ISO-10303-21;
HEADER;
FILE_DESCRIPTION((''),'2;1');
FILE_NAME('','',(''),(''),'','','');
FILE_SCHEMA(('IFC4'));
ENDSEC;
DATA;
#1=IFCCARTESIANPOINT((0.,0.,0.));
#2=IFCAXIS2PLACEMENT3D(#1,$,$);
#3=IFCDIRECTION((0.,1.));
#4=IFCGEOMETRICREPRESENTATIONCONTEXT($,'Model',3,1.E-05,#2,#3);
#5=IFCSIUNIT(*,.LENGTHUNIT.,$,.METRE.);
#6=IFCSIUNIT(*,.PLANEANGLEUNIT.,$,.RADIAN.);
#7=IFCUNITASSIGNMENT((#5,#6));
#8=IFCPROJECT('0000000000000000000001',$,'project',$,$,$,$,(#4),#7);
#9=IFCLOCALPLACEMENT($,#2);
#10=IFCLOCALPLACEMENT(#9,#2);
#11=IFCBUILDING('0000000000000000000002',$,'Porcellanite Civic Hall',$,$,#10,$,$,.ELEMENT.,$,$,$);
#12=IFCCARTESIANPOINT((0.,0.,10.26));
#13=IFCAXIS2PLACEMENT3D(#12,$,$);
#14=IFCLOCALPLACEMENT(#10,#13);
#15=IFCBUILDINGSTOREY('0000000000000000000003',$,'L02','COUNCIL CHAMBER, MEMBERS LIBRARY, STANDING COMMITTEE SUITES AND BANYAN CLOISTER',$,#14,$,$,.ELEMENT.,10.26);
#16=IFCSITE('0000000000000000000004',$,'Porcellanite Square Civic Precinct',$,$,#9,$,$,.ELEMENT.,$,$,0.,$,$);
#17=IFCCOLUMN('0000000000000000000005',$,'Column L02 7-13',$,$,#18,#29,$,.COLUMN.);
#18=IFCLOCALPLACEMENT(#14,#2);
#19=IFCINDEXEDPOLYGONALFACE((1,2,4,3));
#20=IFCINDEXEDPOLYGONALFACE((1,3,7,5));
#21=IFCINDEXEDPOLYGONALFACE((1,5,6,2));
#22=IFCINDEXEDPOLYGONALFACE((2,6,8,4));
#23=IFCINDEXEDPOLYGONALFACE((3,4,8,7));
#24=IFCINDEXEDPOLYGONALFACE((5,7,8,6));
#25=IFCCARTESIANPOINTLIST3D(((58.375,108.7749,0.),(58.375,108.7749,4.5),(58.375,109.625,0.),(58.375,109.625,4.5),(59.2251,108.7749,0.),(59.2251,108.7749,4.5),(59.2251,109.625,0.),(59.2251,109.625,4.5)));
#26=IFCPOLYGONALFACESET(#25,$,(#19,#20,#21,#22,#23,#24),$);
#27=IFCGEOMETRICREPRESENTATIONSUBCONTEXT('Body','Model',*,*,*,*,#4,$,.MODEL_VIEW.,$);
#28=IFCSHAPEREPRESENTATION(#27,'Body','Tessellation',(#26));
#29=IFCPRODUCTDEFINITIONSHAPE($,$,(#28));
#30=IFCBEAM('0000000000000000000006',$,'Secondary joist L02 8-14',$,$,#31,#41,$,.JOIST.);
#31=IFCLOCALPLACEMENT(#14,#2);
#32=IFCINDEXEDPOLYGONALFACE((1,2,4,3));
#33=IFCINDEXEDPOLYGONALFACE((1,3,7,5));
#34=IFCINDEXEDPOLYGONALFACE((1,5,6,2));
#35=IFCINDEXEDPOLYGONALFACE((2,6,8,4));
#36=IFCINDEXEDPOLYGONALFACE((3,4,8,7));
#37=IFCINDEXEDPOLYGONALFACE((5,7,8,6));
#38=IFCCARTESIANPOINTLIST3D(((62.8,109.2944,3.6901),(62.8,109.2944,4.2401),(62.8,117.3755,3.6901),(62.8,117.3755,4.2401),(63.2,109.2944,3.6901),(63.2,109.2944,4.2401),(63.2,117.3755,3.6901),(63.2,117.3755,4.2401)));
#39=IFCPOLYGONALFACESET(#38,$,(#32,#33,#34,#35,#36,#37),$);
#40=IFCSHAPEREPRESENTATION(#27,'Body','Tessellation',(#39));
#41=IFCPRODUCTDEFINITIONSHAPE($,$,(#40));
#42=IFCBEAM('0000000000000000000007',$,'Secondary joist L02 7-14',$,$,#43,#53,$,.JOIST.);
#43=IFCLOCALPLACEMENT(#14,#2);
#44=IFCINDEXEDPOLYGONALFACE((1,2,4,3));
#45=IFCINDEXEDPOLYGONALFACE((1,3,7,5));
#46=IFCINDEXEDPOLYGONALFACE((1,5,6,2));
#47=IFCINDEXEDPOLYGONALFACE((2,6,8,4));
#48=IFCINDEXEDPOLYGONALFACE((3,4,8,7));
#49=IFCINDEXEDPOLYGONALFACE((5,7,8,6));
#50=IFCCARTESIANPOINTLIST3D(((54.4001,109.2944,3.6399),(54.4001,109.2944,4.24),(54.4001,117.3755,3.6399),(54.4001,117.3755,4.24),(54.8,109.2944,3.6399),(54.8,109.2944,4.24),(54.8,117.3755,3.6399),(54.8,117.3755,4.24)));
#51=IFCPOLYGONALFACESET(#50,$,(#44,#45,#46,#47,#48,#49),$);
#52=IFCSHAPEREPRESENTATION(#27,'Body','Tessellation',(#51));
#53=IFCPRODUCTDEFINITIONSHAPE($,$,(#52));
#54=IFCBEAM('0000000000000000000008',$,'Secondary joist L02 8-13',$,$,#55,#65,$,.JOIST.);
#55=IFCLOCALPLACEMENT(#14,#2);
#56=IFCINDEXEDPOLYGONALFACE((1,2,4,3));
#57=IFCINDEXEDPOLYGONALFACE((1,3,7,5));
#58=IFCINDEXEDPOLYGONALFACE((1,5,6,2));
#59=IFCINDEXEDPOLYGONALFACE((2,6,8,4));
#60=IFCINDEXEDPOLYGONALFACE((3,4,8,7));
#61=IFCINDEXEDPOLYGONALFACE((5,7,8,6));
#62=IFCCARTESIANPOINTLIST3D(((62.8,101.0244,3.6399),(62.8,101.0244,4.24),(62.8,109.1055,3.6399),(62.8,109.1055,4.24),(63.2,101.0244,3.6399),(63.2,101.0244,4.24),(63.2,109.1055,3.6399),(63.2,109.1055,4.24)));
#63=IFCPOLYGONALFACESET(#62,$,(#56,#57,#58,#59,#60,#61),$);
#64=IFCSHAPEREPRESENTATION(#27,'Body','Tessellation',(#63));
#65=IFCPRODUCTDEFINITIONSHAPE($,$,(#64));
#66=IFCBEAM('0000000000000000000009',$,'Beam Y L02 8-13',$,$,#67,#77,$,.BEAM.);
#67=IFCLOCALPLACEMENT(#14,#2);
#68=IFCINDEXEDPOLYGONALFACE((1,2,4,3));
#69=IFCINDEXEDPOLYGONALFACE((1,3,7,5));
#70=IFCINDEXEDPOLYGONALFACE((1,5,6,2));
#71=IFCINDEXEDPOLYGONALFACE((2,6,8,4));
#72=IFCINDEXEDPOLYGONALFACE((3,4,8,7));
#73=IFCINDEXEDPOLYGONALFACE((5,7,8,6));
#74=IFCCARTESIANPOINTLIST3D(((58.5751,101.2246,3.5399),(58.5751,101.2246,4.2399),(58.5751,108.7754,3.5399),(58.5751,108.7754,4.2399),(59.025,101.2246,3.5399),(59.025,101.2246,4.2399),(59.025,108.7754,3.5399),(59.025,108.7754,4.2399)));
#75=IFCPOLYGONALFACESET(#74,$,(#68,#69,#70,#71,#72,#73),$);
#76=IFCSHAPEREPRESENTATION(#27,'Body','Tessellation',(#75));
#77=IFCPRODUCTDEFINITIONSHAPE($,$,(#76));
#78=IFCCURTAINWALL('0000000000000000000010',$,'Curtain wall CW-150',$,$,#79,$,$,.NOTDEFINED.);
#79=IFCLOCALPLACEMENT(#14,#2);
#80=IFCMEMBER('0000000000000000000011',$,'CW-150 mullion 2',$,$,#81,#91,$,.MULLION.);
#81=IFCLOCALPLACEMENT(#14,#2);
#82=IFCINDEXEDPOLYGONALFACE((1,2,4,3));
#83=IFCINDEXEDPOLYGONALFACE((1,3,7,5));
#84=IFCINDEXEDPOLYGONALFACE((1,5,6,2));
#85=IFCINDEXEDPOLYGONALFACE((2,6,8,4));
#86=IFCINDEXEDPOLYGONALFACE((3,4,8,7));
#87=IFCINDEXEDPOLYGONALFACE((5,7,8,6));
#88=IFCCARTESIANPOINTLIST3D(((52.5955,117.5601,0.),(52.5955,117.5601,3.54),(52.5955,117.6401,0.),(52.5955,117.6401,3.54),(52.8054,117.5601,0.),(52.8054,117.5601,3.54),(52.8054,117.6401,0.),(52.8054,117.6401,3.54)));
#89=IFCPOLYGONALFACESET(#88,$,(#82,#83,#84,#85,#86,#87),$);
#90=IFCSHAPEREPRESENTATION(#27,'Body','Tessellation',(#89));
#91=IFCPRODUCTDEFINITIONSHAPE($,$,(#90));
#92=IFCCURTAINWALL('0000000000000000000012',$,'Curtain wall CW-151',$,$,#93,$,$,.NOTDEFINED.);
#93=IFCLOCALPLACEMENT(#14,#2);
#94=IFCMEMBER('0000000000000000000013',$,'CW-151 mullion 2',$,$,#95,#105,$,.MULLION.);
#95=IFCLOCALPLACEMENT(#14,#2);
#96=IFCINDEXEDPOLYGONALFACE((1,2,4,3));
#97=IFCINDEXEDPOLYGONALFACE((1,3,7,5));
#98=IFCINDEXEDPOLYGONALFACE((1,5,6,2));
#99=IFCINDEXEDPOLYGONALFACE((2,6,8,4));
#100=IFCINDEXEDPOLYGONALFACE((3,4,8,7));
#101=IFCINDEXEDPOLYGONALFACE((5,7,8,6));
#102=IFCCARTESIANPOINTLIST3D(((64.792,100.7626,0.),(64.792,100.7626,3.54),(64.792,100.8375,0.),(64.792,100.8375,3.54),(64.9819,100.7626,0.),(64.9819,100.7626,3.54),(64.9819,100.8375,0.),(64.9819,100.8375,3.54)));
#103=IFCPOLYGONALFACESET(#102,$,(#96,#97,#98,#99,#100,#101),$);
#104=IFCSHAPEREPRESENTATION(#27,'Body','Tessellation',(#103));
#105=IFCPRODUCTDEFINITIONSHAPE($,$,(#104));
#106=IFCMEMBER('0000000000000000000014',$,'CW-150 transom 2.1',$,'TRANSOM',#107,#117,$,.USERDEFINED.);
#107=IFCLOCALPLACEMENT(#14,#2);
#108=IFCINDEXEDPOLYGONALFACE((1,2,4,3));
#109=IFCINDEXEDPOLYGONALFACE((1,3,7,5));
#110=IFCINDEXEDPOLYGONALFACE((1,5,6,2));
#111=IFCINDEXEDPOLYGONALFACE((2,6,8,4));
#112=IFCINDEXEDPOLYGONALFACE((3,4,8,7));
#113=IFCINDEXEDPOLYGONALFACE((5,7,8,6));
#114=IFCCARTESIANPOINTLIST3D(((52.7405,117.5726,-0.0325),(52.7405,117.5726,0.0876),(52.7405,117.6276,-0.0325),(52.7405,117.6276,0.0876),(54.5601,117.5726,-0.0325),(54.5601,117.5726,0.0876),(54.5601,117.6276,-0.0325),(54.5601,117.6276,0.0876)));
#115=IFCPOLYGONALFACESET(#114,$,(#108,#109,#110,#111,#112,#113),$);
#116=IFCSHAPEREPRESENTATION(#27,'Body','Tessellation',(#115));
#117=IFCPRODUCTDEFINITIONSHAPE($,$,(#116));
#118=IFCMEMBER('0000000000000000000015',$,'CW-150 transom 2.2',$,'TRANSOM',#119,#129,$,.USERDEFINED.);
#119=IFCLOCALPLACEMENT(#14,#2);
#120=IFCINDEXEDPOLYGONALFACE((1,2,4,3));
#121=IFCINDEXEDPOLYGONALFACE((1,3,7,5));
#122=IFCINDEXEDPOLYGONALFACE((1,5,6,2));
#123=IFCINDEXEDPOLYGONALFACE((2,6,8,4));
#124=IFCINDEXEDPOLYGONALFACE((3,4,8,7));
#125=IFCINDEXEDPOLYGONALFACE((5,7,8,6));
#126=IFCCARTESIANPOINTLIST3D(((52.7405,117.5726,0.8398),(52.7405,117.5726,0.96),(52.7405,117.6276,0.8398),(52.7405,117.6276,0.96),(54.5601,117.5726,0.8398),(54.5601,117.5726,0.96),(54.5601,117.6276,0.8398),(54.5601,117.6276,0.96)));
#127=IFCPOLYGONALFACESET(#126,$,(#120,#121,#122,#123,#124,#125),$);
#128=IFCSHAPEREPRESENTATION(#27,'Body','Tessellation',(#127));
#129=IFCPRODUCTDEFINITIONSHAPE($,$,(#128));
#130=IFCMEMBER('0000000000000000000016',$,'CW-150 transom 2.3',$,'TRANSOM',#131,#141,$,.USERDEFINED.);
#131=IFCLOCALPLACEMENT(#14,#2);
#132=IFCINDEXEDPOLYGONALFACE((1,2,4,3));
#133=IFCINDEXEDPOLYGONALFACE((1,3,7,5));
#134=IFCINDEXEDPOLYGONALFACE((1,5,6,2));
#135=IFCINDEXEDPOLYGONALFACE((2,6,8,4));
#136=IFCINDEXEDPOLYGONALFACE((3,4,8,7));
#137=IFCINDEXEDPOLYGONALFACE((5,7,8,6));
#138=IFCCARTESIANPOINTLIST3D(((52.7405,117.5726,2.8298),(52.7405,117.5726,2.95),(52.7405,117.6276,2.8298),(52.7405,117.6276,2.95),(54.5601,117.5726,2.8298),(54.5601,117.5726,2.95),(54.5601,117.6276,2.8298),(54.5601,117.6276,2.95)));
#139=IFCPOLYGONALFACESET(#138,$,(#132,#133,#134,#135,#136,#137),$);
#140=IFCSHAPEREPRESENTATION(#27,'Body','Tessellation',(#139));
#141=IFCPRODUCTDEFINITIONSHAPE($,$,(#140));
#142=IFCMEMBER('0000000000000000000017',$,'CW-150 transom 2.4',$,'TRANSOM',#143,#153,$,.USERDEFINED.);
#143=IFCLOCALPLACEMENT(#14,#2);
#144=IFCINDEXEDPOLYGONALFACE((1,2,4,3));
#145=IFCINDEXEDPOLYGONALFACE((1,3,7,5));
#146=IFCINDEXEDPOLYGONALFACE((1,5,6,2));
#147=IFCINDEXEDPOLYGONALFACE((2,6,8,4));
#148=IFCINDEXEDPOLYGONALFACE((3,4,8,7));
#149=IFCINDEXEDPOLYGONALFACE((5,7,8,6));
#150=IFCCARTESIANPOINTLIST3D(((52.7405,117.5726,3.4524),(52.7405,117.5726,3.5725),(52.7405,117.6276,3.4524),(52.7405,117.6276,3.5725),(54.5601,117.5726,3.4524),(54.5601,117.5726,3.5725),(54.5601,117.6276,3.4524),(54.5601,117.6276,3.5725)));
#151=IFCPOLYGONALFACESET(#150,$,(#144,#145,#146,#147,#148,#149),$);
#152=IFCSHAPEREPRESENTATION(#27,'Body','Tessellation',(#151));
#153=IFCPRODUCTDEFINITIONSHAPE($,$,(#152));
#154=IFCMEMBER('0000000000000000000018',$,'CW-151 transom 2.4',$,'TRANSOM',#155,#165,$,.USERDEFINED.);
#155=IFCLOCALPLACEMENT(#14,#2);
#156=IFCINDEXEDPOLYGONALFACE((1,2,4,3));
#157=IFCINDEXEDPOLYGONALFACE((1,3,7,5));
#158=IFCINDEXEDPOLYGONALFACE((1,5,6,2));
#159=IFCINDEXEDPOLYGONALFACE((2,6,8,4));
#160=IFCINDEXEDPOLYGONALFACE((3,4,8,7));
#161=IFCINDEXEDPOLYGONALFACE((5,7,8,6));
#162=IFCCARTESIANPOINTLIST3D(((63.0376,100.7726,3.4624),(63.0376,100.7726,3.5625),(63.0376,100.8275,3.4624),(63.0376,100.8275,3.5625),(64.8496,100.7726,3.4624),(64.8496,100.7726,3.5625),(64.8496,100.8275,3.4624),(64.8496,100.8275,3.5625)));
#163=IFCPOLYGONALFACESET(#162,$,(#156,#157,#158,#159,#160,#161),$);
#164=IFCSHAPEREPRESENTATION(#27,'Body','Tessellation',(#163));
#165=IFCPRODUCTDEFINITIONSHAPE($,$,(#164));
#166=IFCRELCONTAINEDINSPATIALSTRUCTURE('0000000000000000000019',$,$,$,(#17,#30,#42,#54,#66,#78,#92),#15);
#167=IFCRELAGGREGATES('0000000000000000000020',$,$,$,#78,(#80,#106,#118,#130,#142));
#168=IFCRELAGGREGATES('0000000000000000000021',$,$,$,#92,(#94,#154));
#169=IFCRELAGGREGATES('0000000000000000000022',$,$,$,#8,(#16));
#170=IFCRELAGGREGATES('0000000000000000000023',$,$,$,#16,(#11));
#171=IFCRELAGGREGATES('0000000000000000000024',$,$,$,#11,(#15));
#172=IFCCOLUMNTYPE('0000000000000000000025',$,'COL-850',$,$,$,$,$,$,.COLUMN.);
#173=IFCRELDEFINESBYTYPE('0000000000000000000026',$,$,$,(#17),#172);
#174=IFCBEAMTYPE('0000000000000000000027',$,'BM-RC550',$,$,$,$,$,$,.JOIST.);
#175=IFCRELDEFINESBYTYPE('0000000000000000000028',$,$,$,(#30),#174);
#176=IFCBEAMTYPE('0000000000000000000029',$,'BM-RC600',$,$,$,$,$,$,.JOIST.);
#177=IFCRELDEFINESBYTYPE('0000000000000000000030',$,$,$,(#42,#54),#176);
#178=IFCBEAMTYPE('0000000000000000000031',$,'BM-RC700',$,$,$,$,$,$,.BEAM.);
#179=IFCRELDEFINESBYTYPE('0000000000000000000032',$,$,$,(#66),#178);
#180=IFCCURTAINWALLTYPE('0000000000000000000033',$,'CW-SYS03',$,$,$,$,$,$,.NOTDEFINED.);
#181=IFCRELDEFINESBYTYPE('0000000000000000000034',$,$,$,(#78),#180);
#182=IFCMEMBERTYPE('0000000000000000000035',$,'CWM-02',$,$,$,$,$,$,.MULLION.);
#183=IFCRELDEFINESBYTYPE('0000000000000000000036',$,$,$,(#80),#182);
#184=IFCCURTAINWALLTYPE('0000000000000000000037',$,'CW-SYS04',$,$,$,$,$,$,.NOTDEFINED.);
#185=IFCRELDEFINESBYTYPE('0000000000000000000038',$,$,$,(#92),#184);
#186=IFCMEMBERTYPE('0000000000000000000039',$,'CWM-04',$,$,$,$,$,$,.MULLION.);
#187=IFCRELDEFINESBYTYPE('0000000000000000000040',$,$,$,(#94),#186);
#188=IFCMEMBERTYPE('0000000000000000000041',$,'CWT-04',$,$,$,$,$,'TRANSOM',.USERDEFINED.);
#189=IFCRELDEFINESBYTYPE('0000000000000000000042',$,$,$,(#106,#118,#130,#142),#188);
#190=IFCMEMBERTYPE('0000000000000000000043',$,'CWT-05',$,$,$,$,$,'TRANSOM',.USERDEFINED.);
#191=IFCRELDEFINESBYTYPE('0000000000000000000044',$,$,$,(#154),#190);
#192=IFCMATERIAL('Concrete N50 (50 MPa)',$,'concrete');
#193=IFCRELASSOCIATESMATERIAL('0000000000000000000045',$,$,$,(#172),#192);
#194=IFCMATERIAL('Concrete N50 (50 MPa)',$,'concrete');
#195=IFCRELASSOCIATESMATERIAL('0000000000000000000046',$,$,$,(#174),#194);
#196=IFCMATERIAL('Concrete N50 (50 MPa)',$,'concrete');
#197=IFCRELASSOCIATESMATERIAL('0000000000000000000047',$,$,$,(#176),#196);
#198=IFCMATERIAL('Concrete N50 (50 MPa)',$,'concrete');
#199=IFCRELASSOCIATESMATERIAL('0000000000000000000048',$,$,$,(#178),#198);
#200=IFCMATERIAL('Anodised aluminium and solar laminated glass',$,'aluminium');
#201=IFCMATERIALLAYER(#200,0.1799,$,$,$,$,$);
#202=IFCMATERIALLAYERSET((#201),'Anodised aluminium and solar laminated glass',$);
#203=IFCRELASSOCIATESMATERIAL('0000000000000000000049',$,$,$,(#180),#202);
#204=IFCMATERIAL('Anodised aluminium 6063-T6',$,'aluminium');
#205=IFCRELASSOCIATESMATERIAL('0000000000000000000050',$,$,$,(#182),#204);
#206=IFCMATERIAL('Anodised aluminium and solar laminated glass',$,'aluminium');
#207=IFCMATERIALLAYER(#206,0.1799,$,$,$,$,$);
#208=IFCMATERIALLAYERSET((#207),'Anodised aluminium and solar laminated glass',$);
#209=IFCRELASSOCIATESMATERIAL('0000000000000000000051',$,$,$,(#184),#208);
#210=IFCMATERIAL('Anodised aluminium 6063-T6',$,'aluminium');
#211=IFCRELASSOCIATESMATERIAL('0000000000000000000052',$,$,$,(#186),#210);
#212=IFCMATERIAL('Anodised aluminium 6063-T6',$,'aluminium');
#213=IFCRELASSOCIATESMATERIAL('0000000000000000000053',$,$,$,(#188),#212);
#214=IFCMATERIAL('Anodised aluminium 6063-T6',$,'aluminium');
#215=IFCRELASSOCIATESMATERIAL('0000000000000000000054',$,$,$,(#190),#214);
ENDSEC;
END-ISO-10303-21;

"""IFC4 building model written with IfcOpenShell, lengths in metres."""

from ifc_helpers import new_model, si_unit, direction, frame, origin, origin_2d, place, context, subcontext, project, spatial, rectangle, extrude, material, layer, layer_set, material_profile, profile_set, type_object, element, aggregate, save


model = new_model("IFC4")

# Units and contexts
model_context = context("Model", 3, precision=1e-05, world=origin(), true_north=direction((0.0, 1.0)))
body_context = subcontext(model_context, "Body", "Model", "MODEL_VIEW")
ifc_project = project(units=[si_unit("LENGTHUNIT", "METRE"), si_unit("PLANEANGLEUNIT", "RADIAN")], contexts=[model_context])

# Site, building, storey
site_placement = place(None, origin())
site = spatial("IfcSite", under=ifc_project, at=site_placement, Name="Porcellanite Square Civic Precinct", CompositionType="ELEMENT", RefElevation=0.0)
building_placement = place(site_placement, origin())
building = spatial("IfcBuilding", under=site, at=building_placement, Name="Porcellanite Civic Hall", CompositionType="ELEMENT")
storey_placement = place(building_placement, frame((0.0, 0.0, 10.26)))
storey = spatial("IfcBuildingStorey", under=building, at=storey_placement, Name="L02", Description="COUNCIL CHAMBER, MEMBERS LIBRARY, STANDING COMMITTEE SUITES AND BANYAN CLOISTER", CompositionType="ELEMENT", Elevation=10.26)

# Column
ifc_material_1 = material(Name="Concrete N50 (50 MPa)", Category="concrete")
ifc_material_profile_1 = material_profile(ifc_material_1, rectangle(XDim=0.8501, YDim=0.8501, at=origin_2d()), Name="RC-850x850")
ifc_profile_set_1 = profile_set([ifc_material_profile_1], Name="Concrete N50 (50 MPa)")
column_type = type_object("IfcColumnType", Name="COL-850", PredefinedType="COLUMN", material=ifc_profile_set_1)
column_placement = place(storey_placement, frame((58.8, 109.2, 0.0), z_axis=(0.0, 0.0, 1.0), x_axis=(1.0, 0.0, 0.0)))
element("IfcColumn", 1, at=column_placement, inside=storey, type_object=column_type, Name="Column L02 7-13", PredefinedType="COLUMN", context=body_context, shape_type="SweptSolid", body=[
    extrude(rectangle(XDim=0.8501, YDim=0.8501, at=origin_2d()), origin(), (0.0, 0.0, 1.0), 4.5),
])

# Beams
ifc_material_2 = material(Name="Concrete N50 (50 MPa)", Category="concrete")
ifc_material_profile_2 = material_profile(ifc_material_2, rectangle(XDim=0.3999, YDim=0.55, at=origin_2d()), Name="RC-400x550")
ifc_profile_set_2 = profile_set([ifc_material_profile_2], Name="Concrete N50 (50 MPa)")
beam_type_1 = type_object("IfcBeamType", Name="BM-RC550", PredefinedType="JOIST", material=ifc_profile_set_2)
beam_1_placement = place(storey_placement, frame((63.0, 109.2944, 3.9651), z_axis=(0.0, 1.0, 0.0), x_axis=(-1.0, 0.0, 0.0)))
element("IfcBeam", 2, at=beam_1_placement, inside=storey, type_object=beam_type_1, Name="Secondary joist L02 8-14", PredefinedType="JOIST", context=body_context, shape_type="SweptSolid", body=[
    extrude(rectangle(XDim=0.3999, YDim=0.55, at=origin_2d()), origin(), (0.0, 0.0, 1.0), 8.0811),
])
ifc_material_3 = material(Name="Concrete N50 (50 MPa)", Category="concrete")
ifc_material_profile_3 = material_profile(ifc_material_3, rectangle(XDim=0.3999, YDim=0.6001, at=origin_2d()), Name="RC-400x600")
ifc_profile_set_3 = profile_set([ifc_material_profile_3], Name="Concrete N50 (50 MPa)")
beam_type_2 = type_object("IfcBeamType", Name="BM-RC600", PredefinedType="JOIST", material=ifc_profile_set_3)
for number, where, z_axis, x_axis, name in (
    (3, (54.6001, 109.2944, 3.9399), (0.0, 1.0, 0.0), (-1.0, 0.0, 0.0), "Secondary joist L02 7-14"),
    (4, (63.0, 101.0244, 3.9399), (0.0, 1.0, 0.0), (-1.0, 0.0, 0.0), "Secondary joist L02 8-13"),
):
    element("IfcBeam", number, at=place(storey_placement, frame(where, z_axis=z_axis, x_axis=x_axis)), inside=storey, type_object=beam_type_2, Name=name, PredefinedType="JOIST", context=body_context, shape_type="SweptSolid", body=[
        extrude(rectangle(XDim=0.3999, YDim=0.6001, at=origin_2d()), origin(), (0.0, 0.0, 1.0), 8.0811),
    ])
ifc_material_4 = material(Name="Concrete N50 (50 MPa)", Category="concrete")
ifc_material_profile_4 = material_profile(ifc_material_4, rectangle(XDim=0.45, YDim=0.7, at=origin_2d()), Name="RC-450x700")
ifc_profile_set_4 = profile_set([ifc_material_profile_4], Name="Concrete N50 (50 MPa)")
beam_type_3 = type_object("IfcBeamType", Name="BM-RC700", PredefinedType="BEAM", material=ifc_profile_set_4)
beam_2_placement = place(storey_placement, frame((58.8, 101.2246, 3.8899), z_axis=(0.0, 1.0, 0.0), x_axis=(-1.0, 0.0, 0.0)))
element("IfcBeam", 5, at=beam_2_placement, inside=storey, type_object=beam_type_3, Name="Beam Y L02 8-13", PredefinedType="BEAM", context=body_context, shape_type="SweptSolid", body=[
    extrude(rectangle(XDim=0.45, YDim=0.7, at=origin_2d()), origin(), (0.0, 0.0, 1.0), 7.5508),
])

# Curtain walls, members
ifc_material_5 = material(Name="Anodised aluminium and solar laminated glass", Category="aluminium")
ifc_layer_1 = layer(ifc_material_5, 0.1799)
ifc_layer_set_1 = layer_set([ifc_layer_1], Name="Anodised aluminium and solar laminated glass")
curtain_wall_type_1 = type_object("IfcCurtainWallType", Name="CW-SYS03", PredefinedType="NOTDEFINED", material=ifc_layer_set_1)
curtain_wall_1_placement = place(storey_placement, origin())
curtain_wall_1 = element("IfcCurtainWall", 6, at=curtain_wall_1_placement, inside=storey, type_object=curtain_wall_type_1, Name="Curtain wall CW-150", PredefinedType="NOTDEFINED")
ifc_material_6 = material(Name="Anodised aluminium 6063-T6", Category="aluminium")
ifc_material_profile_5 = material_profile(ifc_material_6, rectangle(XDim=0.0801, YDim=0.21, at=origin_2d()), Name="AL-80x210")
ifc_profile_set_5 = profile_set([ifc_material_profile_5], Name="Anodised aluminium 6063-T6")
member_type_1 = type_object("IfcMemberType", Name="CWM-02", PredefinedType="MULLION", material=ifc_profile_set_5)
member_1_placement = place(storey_placement, frame((52.7004, 117.6001, 0.0), z_axis=(0.0, 0.0, 1.0), x_axis=(0.0, 1.0, 0.0)))
member_1 = element("IfcMember", 7, at=member_1_placement, type_object=member_type_1, Name="CW-150 mullion 2", PredefinedType="MULLION", context=body_context, shape_type="SweptSolid", body=[
    extrude(rectangle(XDim=0.0801, YDim=0.21, at=origin_2d()), origin(), (0.0, 0.0, 1.0), 3.54),
])
ifc_material_7 = material(Name="Anodised aluminium and solar laminated glass", Category="aluminium")
ifc_layer_2 = layer(ifc_material_7, 0.1799)
ifc_layer_set_2 = layer_set([ifc_layer_2], Name="Anodised aluminium and solar laminated glass")
curtain_wall_type_2 = type_object("IfcCurtainWallType", Name="CW-SYS04", PredefinedType="NOTDEFINED", material=ifc_layer_set_2)
curtain_wall_2_placement = place(storey_placement, origin())
curtain_wall_2 = element("IfcCurtainWall", 8, at=curtain_wall_2_placement, inside=storey, type_object=curtain_wall_type_2, Name="Curtain wall CW-151", PredefinedType="NOTDEFINED")
ifc_material_8 = material(Name="Anodised aluminium 6063-T6", Category="aluminium")
ifc_material_profile_6 = material_profile(ifc_material_8, rectangle(XDim=0.075, YDim=0.1899, at=origin_2d()), Name="AL-75x190")
ifc_profile_set_6 = profile_set([ifc_material_profile_6], Name="Anodised aluminium 6063-T6")
member_type_2 = type_object("IfcMemberType", Name="CWM-04", PredefinedType="MULLION", material=ifc_profile_set_6)
member_2_placement = place(storey_placement, frame((64.887, 100.8, 0.0), z_axis=(0.0, 0.0, 1.0), x_axis=(0.0, -1.0, 0.0)))
member_2 = element("IfcMember", 9, at=member_2_placement, type_object=member_type_2, Name="CW-151 mullion 2", PredefinedType="MULLION", context=body_context, shape_type="SweptSolid", body=[
    extrude(rectangle(XDim=0.075, YDim=0.1899, at=origin_2d()), origin(), (0.0, 0.0, 1.0), 3.54),
])

# Members
ifc_material_9 = material(Name="Anodised aluminium 6063-T6", Category="aluminium")
ifc_material_profile_7 = material_profile(ifc_material_9, rectangle(XDim=0.0549, YDim=0.1201, at=origin_2d()), Name="AL-55x120")
ifc_profile_set_7 = profile_set([ifc_material_profile_7], Name="Anodised aluminium 6063-T6")
member_type_3 = type_object("IfcMemberType", Name="CWT-04", ElementType="TRANSOM", PredefinedType="USERDEFINED", material=ifc_profile_set_7)
member_3_placement = place(storey_placement, frame((52.7405, 117.6001, 0.0276), z_axis=(1.0, 0.0, 0.0), x_axis=(0.0, 1.0, 0.0)))
member_3 = element("IfcMember", 10, at=member_3_placement, type_object=member_type_3, Name="CW-150 transom 2.1", ObjectType="TRANSOM", PredefinedType="USERDEFINED", context=body_context, shape_type="SweptSolid", body=[
    extrude(rectangle(XDim=0.0549, YDim=0.1201, at=origin_2d()), origin(), (0.0, 0.0, 1.0), 1.8196),
])
member_4_placement = place(storey_placement, frame((52.7405, 117.6001, 0.8999), z_axis=(1.0, 0.0, 0.0), x_axis=(0.0, 1.0, 0.0)))
member_4 = element("IfcMember", 11, at=member_4_placement, type_object=member_type_3, Name="CW-150 transom 2.2", ObjectType="TRANSOM", PredefinedType="USERDEFINED", context=body_context, shape_type="SweptSolid", body=[
    extrude(rectangle(XDim=0.0549, YDim=0.1201, at=origin_2d()), origin(), (0.0, 0.0, 1.0), 1.8196),
])
member_5_placement = place(storey_placement, frame((52.7405, 117.6001, 2.8899), z_axis=(1.0, 0.0, 0.0), x_axis=(0.0, 1.0, 0.0)))
member_5 = element("IfcMember", 12, at=member_5_placement, type_object=member_type_3, Name="CW-150 transom 2.3", ObjectType="TRANSOM", PredefinedType="USERDEFINED", context=body_context, shape_type="SweptSolid", body=[
    extrude(rectangle(XDim=0.0549, YDim=0.1201, at=origin_2d()), origin(), (0.0, 0.0, 1.0), 1.8196),
])
member_6_placement = place(storey_placement, frame((52.7405, 117.6001, 3.5125), z_axis=(1.0, 0.0, 0.0), x_axis=(0.0, 1.0, 0.0)))
member_6 = element("IfcMember", 13, at=member_6_placement, type_object=member_type_3, Name="CW-150 transom 2.4", ObjectType="TRANSOM", PredefinedType="USERDEFINED", context=body_context, shape_type="SweptSolid", body=[
    extrude(rectangle(XDim=0.0549, YDim=0.1201, at=origin_2d()), origin(), (0.0, 0.0, 1.0), 1.8196),
])
ifc_material_10 = material(Name="Anodised aluminium 6063-T6", Category="aluminium")
ifc_material_profile_8 = material_profile(ifc_material_10, rectangle(XDim=0.0549, YDim=0.1001, at=origin_2d()), Name="AL-55x100")
ifc_profile_set_8 = profile_set([ifc_material_profile_8], Name="Anodised aluminium 6063-T6")
member_type_4 = type_object("IfcMemberType", Name="CWT-05", ElementType="TRANSOM", PredefinedType="USERDEFINED", material=ifc_profile_set_8)
member_7_placement = place(storey_placement, frame((64.8496, 100.8, 3.5125), z_axis=(-1.0, 0.0, 0.0), x_axis=(0.0, -1.0, 0.0)))
member_7 = element("IfcMember", 14, at=member_7_placement, type_object=member_type_4, Name="CW-151 transom 2.4", ObjectType="TRANSOM", PredefinedType="USERDEFINED", context=body_context, shape_type="SweptSolid", body=[
    extrude(rectangle(XDim=0.0549, YDim=0.1001, at=origin_2d()), origin(), (0.0, 0.0, 1.0), 1.812),
])

aggregate(curtain_wall_1, [member_1, member_3, member_4, member_5, member_6])
aggregate(curtain_wall_2, [member_2, member_7])

save(model, "model.ifc")
